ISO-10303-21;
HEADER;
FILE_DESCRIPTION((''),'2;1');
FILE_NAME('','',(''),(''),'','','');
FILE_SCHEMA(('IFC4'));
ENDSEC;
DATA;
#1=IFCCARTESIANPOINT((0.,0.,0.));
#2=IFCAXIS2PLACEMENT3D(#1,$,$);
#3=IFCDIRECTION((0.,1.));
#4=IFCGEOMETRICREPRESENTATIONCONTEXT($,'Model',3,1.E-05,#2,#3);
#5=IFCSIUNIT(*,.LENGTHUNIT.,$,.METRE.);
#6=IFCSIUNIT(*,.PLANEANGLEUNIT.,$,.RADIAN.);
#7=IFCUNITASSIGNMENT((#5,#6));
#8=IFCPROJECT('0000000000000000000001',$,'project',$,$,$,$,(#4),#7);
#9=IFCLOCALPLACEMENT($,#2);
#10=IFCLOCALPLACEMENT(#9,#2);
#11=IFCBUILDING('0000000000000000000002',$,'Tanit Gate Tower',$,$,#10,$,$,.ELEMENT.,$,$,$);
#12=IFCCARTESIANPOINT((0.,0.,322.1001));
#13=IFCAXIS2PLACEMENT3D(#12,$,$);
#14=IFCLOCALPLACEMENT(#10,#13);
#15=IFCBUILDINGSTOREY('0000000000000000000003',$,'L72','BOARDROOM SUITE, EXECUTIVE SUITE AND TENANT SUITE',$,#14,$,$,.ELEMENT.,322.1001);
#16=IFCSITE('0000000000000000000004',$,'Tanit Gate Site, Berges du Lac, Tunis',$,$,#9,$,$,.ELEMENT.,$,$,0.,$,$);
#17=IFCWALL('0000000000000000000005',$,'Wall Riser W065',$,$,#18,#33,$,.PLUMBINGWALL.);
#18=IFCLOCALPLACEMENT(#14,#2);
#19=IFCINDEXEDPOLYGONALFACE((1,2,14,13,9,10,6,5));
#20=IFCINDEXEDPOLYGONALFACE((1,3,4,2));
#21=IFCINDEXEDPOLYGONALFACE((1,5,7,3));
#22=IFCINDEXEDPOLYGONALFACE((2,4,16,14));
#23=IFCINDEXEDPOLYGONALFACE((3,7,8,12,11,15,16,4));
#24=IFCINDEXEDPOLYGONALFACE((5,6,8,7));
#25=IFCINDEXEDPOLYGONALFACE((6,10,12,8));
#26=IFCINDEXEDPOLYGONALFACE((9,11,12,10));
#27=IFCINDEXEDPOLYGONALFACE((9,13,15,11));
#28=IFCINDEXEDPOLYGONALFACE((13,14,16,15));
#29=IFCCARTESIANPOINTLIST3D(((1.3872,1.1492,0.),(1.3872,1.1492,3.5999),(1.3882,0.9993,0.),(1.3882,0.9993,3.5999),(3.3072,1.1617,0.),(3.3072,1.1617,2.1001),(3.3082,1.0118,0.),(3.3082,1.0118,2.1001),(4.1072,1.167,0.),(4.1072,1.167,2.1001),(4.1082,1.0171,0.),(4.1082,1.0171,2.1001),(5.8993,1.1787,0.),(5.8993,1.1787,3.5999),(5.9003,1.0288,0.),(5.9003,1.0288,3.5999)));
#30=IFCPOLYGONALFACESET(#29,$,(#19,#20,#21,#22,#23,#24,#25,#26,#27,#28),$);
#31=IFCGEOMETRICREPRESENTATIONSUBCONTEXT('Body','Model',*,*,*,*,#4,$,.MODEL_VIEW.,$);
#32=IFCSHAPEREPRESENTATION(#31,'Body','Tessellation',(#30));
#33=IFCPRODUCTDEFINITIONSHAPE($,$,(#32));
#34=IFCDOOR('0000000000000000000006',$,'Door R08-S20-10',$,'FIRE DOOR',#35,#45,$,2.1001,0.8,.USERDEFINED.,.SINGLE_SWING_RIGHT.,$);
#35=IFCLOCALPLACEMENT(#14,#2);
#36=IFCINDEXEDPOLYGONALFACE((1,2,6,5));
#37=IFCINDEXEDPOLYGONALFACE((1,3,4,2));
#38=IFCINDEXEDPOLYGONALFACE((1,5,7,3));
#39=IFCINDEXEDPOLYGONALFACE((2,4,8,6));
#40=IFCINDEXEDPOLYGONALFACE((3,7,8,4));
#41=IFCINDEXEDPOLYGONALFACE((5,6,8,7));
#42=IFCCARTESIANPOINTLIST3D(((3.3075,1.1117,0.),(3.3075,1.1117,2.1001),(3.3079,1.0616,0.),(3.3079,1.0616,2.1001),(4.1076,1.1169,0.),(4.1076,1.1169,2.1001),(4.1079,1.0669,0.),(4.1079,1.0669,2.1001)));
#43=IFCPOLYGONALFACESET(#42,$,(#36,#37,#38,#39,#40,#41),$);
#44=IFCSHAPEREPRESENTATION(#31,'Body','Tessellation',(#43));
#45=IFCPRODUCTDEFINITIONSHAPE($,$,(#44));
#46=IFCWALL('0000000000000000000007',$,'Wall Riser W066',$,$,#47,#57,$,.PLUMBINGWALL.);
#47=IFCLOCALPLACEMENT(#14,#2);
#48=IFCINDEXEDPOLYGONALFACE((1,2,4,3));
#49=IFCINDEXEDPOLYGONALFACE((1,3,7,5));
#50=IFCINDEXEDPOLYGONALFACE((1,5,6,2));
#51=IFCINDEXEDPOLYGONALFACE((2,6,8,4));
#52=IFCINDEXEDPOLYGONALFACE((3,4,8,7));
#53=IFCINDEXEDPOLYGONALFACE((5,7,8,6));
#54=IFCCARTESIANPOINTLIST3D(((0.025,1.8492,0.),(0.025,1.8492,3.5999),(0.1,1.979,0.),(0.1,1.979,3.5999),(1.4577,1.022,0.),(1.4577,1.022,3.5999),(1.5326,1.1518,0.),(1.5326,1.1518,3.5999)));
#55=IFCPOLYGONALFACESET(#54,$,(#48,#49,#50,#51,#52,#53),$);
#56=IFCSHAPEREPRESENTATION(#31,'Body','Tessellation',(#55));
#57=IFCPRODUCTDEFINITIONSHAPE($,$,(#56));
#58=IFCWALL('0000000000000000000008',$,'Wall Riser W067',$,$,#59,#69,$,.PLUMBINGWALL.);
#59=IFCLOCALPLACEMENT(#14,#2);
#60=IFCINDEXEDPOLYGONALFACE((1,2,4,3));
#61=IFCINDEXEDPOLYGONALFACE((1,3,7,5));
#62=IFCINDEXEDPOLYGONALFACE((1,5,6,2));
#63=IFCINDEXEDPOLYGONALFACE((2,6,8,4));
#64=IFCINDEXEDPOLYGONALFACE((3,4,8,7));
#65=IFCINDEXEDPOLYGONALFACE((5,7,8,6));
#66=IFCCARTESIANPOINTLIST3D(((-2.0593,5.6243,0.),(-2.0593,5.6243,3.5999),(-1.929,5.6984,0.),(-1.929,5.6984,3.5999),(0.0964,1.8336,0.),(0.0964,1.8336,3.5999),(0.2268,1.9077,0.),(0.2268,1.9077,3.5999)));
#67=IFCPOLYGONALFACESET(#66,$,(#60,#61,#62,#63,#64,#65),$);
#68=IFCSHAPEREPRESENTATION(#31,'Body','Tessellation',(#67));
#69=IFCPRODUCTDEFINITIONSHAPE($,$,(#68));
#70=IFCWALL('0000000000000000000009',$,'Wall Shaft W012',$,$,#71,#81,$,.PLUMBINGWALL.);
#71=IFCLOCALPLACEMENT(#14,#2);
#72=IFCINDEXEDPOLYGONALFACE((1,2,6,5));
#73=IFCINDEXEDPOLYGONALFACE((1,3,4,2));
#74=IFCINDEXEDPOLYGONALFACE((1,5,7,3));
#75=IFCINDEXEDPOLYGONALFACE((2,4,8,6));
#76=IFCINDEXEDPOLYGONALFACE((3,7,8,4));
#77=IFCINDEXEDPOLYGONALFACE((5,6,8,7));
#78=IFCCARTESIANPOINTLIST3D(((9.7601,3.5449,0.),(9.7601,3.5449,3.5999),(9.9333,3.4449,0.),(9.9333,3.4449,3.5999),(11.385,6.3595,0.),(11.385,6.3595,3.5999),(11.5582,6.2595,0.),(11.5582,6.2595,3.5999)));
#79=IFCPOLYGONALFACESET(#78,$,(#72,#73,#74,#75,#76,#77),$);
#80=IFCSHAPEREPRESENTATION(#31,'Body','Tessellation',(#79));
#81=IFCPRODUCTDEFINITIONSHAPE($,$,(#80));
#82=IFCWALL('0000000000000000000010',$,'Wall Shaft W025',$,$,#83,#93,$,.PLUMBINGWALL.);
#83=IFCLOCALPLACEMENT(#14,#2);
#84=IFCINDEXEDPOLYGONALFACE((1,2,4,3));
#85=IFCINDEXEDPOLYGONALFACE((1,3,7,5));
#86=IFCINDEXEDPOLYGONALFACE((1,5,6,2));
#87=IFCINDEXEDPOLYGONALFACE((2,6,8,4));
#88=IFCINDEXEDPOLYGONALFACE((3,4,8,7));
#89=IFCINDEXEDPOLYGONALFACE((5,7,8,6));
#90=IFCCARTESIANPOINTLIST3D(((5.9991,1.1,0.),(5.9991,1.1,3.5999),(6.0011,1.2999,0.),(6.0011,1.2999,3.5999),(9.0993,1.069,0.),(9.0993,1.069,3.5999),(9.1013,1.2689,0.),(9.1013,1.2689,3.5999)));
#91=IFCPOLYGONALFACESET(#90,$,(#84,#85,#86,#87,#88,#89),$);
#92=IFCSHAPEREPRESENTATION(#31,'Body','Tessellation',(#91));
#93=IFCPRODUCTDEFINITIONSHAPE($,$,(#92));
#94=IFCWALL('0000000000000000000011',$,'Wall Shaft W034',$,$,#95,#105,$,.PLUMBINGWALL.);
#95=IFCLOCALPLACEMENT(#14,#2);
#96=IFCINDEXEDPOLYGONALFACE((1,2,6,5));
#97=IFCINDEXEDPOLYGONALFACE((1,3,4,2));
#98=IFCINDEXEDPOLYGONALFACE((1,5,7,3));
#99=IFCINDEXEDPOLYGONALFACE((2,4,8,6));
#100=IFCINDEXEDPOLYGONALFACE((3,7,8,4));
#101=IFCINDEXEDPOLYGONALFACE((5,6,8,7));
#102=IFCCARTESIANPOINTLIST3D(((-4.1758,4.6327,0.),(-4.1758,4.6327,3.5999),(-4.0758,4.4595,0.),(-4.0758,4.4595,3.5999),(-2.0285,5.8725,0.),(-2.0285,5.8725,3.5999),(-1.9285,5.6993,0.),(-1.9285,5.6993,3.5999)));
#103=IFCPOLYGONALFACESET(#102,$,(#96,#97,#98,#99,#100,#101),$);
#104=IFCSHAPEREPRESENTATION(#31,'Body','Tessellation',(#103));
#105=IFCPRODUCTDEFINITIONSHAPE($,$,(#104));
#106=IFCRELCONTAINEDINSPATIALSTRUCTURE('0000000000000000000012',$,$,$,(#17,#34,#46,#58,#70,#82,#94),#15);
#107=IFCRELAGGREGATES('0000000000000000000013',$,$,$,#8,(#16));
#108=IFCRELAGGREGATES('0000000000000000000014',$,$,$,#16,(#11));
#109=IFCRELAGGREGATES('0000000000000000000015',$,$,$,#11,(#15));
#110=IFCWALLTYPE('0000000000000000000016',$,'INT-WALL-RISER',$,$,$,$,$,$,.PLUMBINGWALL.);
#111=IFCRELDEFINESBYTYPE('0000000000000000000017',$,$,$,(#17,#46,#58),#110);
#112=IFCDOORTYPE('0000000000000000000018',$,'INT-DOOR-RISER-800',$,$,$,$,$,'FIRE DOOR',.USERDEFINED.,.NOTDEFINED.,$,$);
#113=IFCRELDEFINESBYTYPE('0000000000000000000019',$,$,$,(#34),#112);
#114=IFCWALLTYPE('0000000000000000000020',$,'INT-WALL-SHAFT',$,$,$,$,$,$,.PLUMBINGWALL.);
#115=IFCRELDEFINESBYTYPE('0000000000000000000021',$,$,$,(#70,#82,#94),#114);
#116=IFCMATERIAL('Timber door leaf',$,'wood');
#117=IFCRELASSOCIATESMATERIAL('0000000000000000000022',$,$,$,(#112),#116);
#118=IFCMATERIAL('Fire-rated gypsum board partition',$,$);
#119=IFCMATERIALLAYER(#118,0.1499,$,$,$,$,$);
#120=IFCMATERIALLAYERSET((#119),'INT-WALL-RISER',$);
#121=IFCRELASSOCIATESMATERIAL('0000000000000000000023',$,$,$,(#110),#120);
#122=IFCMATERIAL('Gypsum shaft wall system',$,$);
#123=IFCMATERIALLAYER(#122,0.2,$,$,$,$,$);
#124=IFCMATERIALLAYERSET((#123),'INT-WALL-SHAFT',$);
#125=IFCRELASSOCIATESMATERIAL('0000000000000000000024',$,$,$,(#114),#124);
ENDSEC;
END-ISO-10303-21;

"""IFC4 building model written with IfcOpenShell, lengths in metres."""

from ifc_helpers import new_model, si_unit, direction, frame, frame_2d, origin, place, context, subcontext, project, spatial, rectangle, extrude, material, layer, layer_set, type_object, element, fill, save


model = new_model("IFC4")

# Units and contexts
model_context = context("Model", 3, precision=1e-05, world=origin(), true_north=direction((0.0, 1.0)))
body_context = subcontext(model_context, "Body", "Model", "MODEL_VIEW")
ifc_project = project(units=[si_unit("LENGTHUNIT", "METRE"), si_unit("PLANEANGLEUNIT", "RADIAN")], contexts=[model_context])

# Site, building, storey
site_placement = place(None, origin())
site = spatial("IfcSite", under=ifc_project, at=site_placement, Name="Tanit Gate Site, Berges du Lac, Tunis", CompositionType="ELEMENT", RefElevation=0.0)
building_placement = place(site_placement, origin())
building = spatial("IfcBuilding", under=site, at=building_placement, Name="Tanit Gate Tower", CompositionType="ELEMENT")
storey_placement = place(building_placement, frame((0.0, 0.0, 322.1001)))
storey = spatial("IfcBuildingStorey", under=building, at=storey_placement, Name="L72", Description="BOARDROOM SUITE, EXECUTIVE SUITE AND TENANT SUITE", CompositionType="ELEMENT", Elevation=322.1001)

# Shared definitions
ifc_material_1 = material(Name="Timber door leaf", Category="wood")
door_type_1 = type_object("IfcDoorType", Name="INT-DOOR-RISER-800", ElementType="FIRE DOOR", OperationType="NOTDEFINED", PredefinedType="USERDEFINED", material=ifc_material_1)

# Shared definitions
ifc_material_2 = material(Name="Fire-rated gypsum board partition")
ifc_layer_1 = layer(ifc_material_2, 0.1499)
ifc_layer_set_1 = layer_set([ifc_layer_1], Name="INT-WALL-RISER")
wall_type_1 = type_object("IfcWallType", Name="INT-WALL-RISER", PredefinedType="PLUMBINGWALL", material=ifc_layer_set_1)

# Wall, opening, door
wall_1_placement = place(storey_placement, frame((1.3877, 1.0742, 0.0), z_axis=(0.0, 0.0, 1.0), x_axis=(0.999979, 0.006547, 0.0)))
wall_1 = element("IfcWall", 1, at=wall_1_placement, inside=storey, type_object=wall_type_1, Name="Wall Riser W065", PredefinedType="PLUMBINGWALL", context=body_context, shape_type="SweptSolid", body=[
    extrude(rectangle(XDim=4.5122, YDim=0.1499, at=frame_2d((2.2561, 0.0))), origin(), (0.0, 0.0, 1.0), 3.5999),
])
opening_1_placement = place(wall_1_placement, frame((1.9202, 0.0, 0.0)))
opening_1 = element("IfcOpeningElement", 2, at=opening_1_placement, cuts=wall_1, PredefinedType="OPENING", context=body_context, shape_type="SweptSolid", body=[
    extrude(rectangle(XDim=0.8, YDim=2.1001, at=frame_2d((0.3999, 1.05))), frame((0.0, 0.085, 0.0), z_axis=(0.0, -1.0, 0.0), x_axis=(1.0, 0.0, 0.0)), (0.0, 0.0, 1.0), 0.1699),
])
door_1_placement = place(opening_1_placement, origin())
door_1 = element("IfcDoor", 3, at=door_1_placement, inside=storey, type_object=door_type_1, Name="Door R08-S20-10", ObjectType="FIRE DOOR", OperationType="SINGLE_SWING_RIGHT", OverallHeight=2.1001, OverallWidth=0.8, PredefinedType="USERDEFINED", context=body_context, shape_type="SweptSolid", body=[
    extrude(rectangle(XDim=0.8, YDim=2.1001, at=frame_2d((0.3999, 1.05))), frame((0.0, 0.0249, 0.0), z_axis=(0.0, -1.0, 0.0), x_axis=(1.0, 0.0, 0.0)), (0.0, 0.0, 1.0), 0.05),
])
fill(opening_1, door_1)

# Walls
wall_2_placement = place(storey_placement, frame((0.0625, 1.9141, 0.0), z_axis=(0.0, 0.0, 1.0), x_axis=(0.866018, -0.500012, 0.0)))
element("IfcWall", 4, at=wall_2_placement, inside=storey, type_object=wall_type_1, Name="Wall Riser W066", PredefinedType="PLUMBINGWALL", context=body_context, shape_type="SweptSolid", body=[
    extrude(rectangle(XDim=1.6543, YDim=0.1499, at=frame_2d((0.8271, 0.0))), origin(), (0.0, 0.0, 1.0), 3.5999),
])
wall_3_placement = place(storey_placement, frame((-1.9941, 5.6614, 0.0), z_axis=(0.0, 0.0, 1.0), x_axis=(0.494341, -0.869268, 0.0)))
element("IfcWall", 5, at=wall_3_placement, inside=storey, type_object=wall_type_1, Name="Wall Riser W067", PredefinedType="PLUMBINGWALL", context=body_context, shape_type="SweptSolid", body=[
    extrude(rectangle(XDim=4.3608, YDim=0.1499, at=frame_2d((2.1804, 0.0))), origin(), (0.0, 0.0, 1.0), 3.5999),
])
ifc_material_3 = material(Name="Gypsum shaft wall system")
ifc_layer_2 = layer(ifc_material_3, 0.2)
ifc_layer_set_2 = layer_set([ifc_layer_2], Name="INT-WALL-SHAFT")
wall_type_2 = type_object("IfcWallType", Name="INT-WALL-SHAFT", PredefinedType="PLUMBINGWALL", material=ifc_layer_set_2)
wall_4_placement = place(storey_placement, frame((9.8467, 3.4949, 0.0), z_axis=(0.0, 0.0, 1.0), x_axis=(0.499985, 0.866034, 0.0)))
element("IfcWall", 6, at=wall_4_placement, inside=storey, type_object=wall_type_2, Name="Wall Shaft W012", PredefinedType="PLUMBINGWALL", context=body_context, shape_type="SweptSolid", body=[
    extrude(rectangle(XDim=3.25, YDim=0.2, at=frame_2d((1.625, 0.0))), origin(), (0.0, 0.0, 1.0), 3.5999),
])

# Walls
wall_5_placement = place(storey_placement, frame((6.0, 1.2, 0.0), z_axis=(0.0, 0.0, 1.0), x_axis=(0.99995, -0.010001, 0.0)))
element("IfcWall", 7, at=wall_5_placement, inside=storey, type_object=wall_type_2, Name="Wall Shaft W025", PredefinedType="PLUMBINGWALL", context=body_context, shape_type="SweptSolid", body=[
    extrude(rectangle(XDim=3.1003, YDim=0.2, at=frame_2d((1.5503, 0.0))), origin(), (0.0, 0.0, 1.0), 3.5999),
])
wall_6_placement = place(storey_placement, frame((-1.9785, 5.7859, 0.0), z_axis=(0.0, 0.0, 1.0), x_axis=(-0.866017, -0.500015, 0.0)))
element("IfcWall", 8, at=wall_6_placement, inside=storey, type_object=wall_type_2, Name="Wall Shaft W034", PredefinedType="PLUMBINGWALL", context=body_context, shape_type="SweptSolid", body=[
    extrude(rectangle(XDim=2.4795, YDim=0.2, at=frame_2d((1.2397, 0.0))), origin(), (0.0, 0.0, 1.0), 3.5999),
])

save(model, "model.ifc")
